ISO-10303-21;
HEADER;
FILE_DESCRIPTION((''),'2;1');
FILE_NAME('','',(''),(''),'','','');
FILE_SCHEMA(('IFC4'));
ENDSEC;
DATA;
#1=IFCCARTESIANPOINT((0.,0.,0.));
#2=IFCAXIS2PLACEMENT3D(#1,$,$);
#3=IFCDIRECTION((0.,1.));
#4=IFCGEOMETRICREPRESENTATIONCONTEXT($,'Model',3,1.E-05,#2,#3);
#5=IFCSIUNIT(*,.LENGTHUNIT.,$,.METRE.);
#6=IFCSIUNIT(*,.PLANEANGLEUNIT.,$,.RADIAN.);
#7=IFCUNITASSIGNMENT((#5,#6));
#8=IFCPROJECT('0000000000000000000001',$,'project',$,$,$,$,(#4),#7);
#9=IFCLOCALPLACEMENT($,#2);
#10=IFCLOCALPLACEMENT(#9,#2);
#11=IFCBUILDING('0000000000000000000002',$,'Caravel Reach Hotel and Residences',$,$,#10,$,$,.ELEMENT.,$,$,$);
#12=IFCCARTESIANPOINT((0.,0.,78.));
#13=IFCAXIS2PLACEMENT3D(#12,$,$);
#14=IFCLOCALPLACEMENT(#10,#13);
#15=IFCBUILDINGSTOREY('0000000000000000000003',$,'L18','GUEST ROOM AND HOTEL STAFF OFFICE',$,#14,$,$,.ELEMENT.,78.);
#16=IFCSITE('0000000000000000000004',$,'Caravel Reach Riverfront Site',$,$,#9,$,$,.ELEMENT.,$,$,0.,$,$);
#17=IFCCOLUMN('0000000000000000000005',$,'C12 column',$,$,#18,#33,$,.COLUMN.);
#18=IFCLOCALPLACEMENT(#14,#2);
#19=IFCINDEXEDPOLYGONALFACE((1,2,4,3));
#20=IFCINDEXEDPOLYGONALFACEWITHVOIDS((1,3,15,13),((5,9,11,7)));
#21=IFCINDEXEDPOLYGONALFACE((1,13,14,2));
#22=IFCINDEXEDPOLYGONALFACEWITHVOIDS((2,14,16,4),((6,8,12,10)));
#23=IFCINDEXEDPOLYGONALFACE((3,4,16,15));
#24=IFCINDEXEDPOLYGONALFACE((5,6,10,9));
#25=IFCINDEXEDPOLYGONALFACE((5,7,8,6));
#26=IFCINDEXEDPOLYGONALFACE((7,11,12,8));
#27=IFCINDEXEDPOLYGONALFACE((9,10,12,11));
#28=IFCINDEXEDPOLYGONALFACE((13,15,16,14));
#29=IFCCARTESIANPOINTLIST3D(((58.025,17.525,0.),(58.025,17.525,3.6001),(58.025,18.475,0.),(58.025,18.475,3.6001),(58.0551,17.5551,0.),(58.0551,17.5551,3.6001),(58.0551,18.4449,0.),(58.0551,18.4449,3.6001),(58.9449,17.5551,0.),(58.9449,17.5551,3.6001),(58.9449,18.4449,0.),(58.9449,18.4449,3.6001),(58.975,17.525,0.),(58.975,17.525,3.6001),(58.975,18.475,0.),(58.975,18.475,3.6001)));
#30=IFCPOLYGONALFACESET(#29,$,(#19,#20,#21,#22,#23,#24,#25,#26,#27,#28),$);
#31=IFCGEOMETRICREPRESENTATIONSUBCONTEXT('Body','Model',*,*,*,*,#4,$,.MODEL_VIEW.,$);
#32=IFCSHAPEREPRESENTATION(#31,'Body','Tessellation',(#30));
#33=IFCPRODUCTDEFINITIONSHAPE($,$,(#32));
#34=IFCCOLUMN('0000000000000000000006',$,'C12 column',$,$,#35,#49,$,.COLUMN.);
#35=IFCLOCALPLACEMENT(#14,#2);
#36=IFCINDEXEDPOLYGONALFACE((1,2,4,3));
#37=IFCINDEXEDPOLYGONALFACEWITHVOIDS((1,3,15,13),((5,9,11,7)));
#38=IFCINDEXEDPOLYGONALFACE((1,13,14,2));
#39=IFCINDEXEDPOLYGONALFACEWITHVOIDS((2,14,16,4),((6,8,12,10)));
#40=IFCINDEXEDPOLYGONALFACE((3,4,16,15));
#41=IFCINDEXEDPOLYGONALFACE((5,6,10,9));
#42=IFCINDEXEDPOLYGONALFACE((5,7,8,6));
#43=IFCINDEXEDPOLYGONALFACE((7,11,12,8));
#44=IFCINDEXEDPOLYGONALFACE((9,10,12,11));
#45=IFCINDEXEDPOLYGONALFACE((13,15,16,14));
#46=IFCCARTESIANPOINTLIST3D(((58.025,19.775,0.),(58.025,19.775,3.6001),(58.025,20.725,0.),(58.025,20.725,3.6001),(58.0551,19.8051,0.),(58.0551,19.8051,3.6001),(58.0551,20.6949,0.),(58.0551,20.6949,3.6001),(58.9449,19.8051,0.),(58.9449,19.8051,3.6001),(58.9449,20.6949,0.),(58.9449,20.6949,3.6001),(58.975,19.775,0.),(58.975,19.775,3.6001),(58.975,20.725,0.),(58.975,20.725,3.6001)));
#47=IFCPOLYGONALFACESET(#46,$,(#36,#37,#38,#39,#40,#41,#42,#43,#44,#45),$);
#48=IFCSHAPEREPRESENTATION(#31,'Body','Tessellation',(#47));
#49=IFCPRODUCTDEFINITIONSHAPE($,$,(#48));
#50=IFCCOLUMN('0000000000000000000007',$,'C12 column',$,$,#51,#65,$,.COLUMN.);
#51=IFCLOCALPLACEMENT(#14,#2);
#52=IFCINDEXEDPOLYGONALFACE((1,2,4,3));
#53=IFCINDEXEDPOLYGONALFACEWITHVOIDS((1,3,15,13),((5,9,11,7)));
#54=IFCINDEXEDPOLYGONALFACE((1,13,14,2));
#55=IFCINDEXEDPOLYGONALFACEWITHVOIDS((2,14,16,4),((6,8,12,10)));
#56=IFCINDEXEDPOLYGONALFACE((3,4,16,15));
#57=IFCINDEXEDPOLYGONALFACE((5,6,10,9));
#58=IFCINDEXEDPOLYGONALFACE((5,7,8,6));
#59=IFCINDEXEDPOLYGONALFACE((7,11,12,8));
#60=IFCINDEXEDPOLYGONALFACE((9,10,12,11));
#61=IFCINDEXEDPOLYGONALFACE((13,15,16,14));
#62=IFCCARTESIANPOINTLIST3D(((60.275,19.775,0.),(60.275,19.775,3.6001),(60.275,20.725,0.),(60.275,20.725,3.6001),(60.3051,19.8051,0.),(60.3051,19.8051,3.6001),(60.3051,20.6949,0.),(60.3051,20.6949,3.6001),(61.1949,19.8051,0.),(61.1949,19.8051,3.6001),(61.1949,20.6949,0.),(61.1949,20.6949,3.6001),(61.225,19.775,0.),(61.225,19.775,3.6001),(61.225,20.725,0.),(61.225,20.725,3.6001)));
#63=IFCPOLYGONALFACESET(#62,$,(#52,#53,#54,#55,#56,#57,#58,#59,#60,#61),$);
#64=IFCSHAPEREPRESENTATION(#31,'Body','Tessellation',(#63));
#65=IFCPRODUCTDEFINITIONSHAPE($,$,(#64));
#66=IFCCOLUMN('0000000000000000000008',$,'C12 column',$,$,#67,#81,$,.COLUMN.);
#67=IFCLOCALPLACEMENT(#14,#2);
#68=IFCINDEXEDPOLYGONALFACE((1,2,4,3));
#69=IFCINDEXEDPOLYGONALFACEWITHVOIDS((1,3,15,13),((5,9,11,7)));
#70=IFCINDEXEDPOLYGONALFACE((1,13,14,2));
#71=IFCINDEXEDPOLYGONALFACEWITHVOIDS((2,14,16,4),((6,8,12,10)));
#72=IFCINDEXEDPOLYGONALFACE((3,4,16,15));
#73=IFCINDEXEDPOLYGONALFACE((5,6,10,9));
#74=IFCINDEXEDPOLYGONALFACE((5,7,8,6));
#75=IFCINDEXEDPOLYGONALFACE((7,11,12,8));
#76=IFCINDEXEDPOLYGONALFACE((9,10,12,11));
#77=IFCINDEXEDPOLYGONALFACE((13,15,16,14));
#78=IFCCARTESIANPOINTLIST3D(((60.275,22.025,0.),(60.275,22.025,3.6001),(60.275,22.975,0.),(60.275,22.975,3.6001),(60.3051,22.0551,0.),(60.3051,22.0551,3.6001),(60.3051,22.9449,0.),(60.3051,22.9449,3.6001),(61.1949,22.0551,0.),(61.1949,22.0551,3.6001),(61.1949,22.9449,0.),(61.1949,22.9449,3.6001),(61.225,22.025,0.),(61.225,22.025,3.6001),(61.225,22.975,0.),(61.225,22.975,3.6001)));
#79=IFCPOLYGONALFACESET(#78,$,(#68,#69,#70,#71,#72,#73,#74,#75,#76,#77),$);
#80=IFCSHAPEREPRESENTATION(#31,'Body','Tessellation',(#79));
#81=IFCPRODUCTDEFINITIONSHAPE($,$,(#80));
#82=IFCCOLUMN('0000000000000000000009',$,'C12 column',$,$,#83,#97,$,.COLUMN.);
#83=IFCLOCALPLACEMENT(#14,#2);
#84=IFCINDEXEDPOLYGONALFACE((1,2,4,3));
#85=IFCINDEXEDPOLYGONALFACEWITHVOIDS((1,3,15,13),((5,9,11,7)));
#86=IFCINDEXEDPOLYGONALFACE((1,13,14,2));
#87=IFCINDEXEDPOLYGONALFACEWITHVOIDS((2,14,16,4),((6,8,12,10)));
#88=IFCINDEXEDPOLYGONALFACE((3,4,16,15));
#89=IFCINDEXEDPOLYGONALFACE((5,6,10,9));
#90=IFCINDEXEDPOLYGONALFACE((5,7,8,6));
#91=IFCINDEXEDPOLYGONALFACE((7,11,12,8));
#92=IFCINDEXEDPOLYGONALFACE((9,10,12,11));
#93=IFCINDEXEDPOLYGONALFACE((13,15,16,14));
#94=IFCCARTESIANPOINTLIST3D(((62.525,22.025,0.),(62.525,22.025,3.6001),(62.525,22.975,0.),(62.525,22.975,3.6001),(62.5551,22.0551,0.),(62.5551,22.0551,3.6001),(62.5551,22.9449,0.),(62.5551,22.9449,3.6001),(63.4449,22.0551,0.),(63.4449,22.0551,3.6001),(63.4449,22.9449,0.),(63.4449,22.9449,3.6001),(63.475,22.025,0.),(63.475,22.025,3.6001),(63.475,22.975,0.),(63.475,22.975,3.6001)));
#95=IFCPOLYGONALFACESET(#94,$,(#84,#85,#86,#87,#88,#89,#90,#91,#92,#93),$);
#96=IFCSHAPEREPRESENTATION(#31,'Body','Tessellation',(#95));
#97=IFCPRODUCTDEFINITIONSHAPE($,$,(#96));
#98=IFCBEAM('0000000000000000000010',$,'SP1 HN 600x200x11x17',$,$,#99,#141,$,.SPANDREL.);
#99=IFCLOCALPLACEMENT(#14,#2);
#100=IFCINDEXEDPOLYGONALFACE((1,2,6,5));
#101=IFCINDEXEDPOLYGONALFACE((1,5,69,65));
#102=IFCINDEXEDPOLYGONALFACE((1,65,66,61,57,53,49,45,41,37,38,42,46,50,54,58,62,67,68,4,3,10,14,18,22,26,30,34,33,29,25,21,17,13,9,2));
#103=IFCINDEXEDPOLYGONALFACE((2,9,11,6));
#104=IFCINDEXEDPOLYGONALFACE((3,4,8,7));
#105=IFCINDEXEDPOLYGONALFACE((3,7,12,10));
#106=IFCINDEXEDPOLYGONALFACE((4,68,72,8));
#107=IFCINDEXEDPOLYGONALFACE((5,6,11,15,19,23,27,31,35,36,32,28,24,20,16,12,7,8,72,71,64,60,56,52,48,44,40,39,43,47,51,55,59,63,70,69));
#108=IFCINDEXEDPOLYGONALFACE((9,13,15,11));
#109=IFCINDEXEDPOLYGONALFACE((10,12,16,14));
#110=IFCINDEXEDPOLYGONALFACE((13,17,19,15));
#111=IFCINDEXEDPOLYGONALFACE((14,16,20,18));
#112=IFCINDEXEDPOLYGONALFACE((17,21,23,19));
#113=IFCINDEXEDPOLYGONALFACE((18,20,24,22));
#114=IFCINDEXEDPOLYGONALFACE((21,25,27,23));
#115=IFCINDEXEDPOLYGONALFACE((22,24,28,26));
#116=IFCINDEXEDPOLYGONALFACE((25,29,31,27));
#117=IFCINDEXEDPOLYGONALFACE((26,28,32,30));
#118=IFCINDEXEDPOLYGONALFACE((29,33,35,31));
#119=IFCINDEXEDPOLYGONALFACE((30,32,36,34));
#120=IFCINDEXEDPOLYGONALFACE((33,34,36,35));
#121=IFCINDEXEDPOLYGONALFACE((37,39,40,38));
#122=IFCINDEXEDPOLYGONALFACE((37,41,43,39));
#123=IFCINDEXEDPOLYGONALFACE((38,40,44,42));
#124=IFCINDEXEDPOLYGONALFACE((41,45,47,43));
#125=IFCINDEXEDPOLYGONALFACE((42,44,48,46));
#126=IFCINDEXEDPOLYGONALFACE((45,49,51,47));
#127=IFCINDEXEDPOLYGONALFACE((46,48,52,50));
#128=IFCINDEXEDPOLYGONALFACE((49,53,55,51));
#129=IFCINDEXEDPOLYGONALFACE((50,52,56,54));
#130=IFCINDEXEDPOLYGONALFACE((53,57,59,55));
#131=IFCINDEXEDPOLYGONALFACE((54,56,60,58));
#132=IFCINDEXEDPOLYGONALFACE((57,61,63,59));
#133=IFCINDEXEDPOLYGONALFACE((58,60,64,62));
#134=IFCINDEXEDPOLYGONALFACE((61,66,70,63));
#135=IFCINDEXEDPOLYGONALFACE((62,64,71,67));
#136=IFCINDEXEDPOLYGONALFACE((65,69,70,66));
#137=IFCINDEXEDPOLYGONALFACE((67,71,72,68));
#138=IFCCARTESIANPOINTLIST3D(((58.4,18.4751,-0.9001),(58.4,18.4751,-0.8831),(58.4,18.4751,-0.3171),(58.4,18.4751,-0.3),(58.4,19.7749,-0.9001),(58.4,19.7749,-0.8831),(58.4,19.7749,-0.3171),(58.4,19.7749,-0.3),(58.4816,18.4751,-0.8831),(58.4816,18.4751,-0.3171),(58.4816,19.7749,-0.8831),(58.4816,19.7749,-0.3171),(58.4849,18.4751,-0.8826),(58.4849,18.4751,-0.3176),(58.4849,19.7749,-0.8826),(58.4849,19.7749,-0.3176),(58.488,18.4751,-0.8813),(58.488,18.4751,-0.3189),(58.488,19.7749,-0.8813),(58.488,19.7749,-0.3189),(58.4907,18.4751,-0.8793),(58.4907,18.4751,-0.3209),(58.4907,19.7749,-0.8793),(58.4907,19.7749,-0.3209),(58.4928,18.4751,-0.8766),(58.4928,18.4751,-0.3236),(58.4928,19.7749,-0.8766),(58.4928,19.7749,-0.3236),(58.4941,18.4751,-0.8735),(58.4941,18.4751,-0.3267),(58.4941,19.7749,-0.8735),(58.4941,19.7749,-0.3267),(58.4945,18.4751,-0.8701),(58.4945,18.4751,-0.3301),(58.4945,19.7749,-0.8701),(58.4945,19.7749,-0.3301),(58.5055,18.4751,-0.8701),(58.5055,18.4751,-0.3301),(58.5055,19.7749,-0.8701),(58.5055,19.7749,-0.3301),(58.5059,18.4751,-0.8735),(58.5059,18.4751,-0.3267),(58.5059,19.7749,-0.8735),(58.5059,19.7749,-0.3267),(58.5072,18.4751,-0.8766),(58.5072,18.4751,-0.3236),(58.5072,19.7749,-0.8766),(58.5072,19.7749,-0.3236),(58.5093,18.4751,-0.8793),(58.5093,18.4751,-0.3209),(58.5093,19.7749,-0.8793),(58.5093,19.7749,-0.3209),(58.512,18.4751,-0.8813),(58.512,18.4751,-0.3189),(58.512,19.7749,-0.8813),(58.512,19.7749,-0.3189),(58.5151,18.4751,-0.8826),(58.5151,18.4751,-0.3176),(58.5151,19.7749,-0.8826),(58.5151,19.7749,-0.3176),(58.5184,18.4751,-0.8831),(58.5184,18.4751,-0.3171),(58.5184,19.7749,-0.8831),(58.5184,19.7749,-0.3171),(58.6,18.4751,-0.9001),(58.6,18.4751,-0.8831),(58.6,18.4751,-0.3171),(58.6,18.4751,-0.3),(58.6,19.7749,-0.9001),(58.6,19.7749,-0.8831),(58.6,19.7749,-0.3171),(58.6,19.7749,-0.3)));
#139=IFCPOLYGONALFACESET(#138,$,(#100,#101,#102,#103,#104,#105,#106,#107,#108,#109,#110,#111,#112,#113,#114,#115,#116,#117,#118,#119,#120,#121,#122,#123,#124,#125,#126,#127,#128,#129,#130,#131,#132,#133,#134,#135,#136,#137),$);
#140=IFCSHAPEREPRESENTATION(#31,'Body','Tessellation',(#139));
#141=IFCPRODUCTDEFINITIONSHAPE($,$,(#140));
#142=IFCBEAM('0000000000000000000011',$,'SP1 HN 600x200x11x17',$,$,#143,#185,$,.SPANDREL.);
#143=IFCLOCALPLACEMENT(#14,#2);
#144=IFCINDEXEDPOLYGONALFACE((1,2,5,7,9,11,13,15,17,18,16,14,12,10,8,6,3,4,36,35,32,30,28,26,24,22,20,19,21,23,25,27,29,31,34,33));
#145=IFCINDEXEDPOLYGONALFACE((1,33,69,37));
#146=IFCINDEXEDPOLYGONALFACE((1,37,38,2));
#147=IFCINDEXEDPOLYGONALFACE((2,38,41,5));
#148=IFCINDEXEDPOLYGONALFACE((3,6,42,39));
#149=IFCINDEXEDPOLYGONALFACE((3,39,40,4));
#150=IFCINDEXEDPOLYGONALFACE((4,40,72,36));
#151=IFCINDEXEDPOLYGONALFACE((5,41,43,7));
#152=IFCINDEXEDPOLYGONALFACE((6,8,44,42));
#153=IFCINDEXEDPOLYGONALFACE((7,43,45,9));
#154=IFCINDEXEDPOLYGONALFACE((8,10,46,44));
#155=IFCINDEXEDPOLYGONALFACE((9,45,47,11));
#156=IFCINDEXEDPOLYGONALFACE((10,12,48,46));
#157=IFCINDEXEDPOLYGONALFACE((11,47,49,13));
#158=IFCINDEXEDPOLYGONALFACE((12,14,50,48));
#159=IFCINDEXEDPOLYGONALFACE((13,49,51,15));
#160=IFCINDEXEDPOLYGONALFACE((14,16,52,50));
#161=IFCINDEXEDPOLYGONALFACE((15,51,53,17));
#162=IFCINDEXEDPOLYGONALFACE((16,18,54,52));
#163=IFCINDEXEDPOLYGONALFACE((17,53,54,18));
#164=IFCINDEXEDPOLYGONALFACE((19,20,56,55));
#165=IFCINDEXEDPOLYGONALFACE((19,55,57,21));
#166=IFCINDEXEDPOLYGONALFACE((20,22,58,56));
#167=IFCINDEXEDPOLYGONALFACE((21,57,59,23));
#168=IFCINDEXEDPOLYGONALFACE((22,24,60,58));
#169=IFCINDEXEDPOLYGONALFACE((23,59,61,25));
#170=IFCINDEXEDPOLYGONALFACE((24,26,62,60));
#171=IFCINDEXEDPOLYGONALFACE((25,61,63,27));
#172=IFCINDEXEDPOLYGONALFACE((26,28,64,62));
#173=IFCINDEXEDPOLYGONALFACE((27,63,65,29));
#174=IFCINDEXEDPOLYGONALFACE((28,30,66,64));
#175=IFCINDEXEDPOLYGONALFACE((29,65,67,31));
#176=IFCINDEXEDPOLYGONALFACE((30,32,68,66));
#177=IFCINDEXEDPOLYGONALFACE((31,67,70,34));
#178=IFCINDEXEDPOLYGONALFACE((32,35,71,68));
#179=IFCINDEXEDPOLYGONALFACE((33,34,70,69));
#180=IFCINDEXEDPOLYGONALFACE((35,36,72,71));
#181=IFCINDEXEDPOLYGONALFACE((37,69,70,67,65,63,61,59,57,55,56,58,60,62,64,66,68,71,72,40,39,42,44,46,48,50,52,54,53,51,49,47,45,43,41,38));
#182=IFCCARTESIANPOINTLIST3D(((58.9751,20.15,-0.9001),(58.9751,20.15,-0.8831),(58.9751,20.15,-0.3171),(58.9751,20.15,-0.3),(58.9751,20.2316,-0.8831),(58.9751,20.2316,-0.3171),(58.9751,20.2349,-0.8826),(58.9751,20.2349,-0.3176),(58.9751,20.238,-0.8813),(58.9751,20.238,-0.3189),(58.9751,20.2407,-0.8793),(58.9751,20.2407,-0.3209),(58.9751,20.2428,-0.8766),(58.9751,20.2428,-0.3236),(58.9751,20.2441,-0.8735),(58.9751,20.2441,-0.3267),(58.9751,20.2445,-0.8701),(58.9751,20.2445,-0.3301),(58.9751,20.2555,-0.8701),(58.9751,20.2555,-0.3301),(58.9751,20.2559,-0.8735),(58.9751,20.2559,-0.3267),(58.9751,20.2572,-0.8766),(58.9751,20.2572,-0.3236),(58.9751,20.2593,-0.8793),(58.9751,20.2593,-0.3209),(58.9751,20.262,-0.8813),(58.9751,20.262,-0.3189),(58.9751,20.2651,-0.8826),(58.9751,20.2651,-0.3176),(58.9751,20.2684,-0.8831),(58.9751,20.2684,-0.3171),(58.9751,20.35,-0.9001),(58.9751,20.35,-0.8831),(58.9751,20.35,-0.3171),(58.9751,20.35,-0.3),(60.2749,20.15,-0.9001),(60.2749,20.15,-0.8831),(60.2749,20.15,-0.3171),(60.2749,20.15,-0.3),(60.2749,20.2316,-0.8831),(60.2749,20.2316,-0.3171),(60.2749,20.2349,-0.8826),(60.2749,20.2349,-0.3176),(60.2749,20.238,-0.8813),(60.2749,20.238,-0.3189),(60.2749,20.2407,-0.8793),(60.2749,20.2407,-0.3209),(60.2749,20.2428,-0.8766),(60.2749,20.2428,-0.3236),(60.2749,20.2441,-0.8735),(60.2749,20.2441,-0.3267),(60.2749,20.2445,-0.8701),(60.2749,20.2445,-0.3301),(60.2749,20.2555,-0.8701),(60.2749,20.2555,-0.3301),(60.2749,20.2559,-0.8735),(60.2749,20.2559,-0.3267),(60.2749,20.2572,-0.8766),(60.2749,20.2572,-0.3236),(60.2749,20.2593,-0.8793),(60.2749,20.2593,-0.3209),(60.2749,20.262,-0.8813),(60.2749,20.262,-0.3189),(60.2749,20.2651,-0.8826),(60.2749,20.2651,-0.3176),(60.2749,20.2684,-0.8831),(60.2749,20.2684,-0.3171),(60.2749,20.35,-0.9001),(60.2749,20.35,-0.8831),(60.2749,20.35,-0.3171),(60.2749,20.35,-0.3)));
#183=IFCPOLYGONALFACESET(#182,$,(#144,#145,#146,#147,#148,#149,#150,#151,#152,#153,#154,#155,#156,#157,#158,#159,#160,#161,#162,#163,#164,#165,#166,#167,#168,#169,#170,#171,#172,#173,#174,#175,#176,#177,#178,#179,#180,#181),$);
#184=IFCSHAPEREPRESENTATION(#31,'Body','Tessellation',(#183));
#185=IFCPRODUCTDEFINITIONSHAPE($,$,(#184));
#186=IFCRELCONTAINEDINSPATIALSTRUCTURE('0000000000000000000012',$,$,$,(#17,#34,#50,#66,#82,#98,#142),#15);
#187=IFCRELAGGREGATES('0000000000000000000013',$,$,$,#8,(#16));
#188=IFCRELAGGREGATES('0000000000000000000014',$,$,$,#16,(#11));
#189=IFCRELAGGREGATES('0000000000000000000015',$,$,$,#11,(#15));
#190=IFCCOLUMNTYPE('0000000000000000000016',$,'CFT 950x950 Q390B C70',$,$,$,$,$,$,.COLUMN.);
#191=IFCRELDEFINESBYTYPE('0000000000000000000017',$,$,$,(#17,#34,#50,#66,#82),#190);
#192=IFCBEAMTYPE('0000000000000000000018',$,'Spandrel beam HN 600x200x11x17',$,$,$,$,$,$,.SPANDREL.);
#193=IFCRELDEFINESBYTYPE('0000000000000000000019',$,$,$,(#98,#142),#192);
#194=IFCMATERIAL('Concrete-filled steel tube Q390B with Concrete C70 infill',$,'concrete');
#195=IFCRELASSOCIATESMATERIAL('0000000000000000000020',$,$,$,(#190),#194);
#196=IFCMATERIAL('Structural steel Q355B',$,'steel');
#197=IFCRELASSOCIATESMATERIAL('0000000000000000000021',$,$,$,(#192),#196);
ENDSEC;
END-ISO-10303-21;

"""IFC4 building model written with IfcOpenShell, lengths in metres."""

from ifc_helpers import new_model, si_unit, direction, frame, origin, origin_2d, place, context, subcontext, project, spatial, hollow_rectangle, i_section, extrude, material, material_profile, profile_set, type_object, element, save


model = new_model("IFC4")

# Units and contexts
model_context = context("Model", 3, precision=1e-05, world=origin(), true_north=direction((0.0, 1.0)))
body_context = subcontext(model_context, "Body", "Model", "MODEL_VIEW")
ifc_project = project(units=[si_unit("LENGTHUNIT", "METRE"), si_unit("PLANEANGLEUNIT", "RADIAN")], contexts=[model_context])

# Site, building, storey
site_placement = place(None, origin())
site = spatial("IfcSite", under=ifc_project, at=site_placement, Name="Caravel Reach Riverfront Site", CompositionType="ELEMENT", RefElevation=0.0)
building_placement = place(site_placement, origin())
building = spatial("IfcBuilding", under=site, at=building_placement, Name="Caravel Reach Hotel and Residences", CompositionType="ELEMENT")
storey_placement = place(building_placement, frame((0.0, 0.0, 78.0)))
storey = spatial("IfcBuildingStorey", under=building, at=storey_placement, Name="L18", Description="GUEST ROOM AND HOTEL STAFF OFFICE", CompositionType="ELEMENT", Elevation=78.0)

# Columns
ifc_material_1 = material(Name="Concrete-filled steel tube Q390B with Concrete C70 infill", Category="concrete")
ifc_material_profile_1 = material_profile(ifc_material_1, hollow_rectangle(XDim=0.95, YDim=0.95, WallThickness=0.03, at=origin_2d()), Name="RHS 950x950x30")
ifc_profile_set_1 = profile_set([ifc_material_profile_1], Name="Concrete-filled steel tube Q390B with Concrete C70 infill")
column_type = type_object("IfcColumnType", Name="CFT 950x950 Q390B C70", PredefinedType="COLUMN", material=ifc_profile_set_1)
for number, where, z_axis, x_axis, name in (
    (1, (58.5, 18.0, 0.0), (0.0, 0.0, 1.0), (1.0, 0.0, 0.0), "C12 column"),
    (2, (58.5, 20.25, 0.0), (0.0, 0.0, 1.0), (1.0, 0.0, 0.0), "C12 column"),
    (3, (60.75, 20.25, 0.0), (0.0, 0.0, 1.0), (1.0, 0.0, 0.0), "C12 column"),
    (4, (60.75, 22.5, 0.0), (0.0, 0.0, 1.0), (1.0, 0.0, 0.0), "C12 column"),
    (5, (63.0, 22.5, 0.0), (0.0, 0.0, 1.0), (1.0, 0.0, 0.0), "C12 column"),
):
    element("IfcColumn", number, at=place(storey_placement, frame(where, z_axis=z_axis, x_axis=x_axis)), inside=storey, type_object=column_type, Name=name, PredefinedType="COLUMN", context=body_context, shape_type="SweptSolid", body=[
        extrude(hollow_rectangle(XDim=0.95, YDim=0.95, WallThickness=0.03, at=origin_2d()), origin(), (0.0, 0.0, 1.0), 3.6001),
    ])

# Beams
ifc_material_2 = material(Name="Structural steel Q355B", Category="steel")
ifc_material_profile_2 = material_profile(ifc_material_2, i_section(OverallWidth=0.2, OverallDepth=0.6001, WebThickness=0.011, FlangeThickness=0.0171, FilletRadius=0.0129, at=origin_2d()), Name="HN 600x200x11x17")
ifc_profile_set_2 = profile_set([ifc_material_profile_2], Name="Structural steel Q355B")
beam_type = type_object("IfcBeamType", Name="Spandrel beam HN 600x200x11x17", PredefinedType="SPANDREL", material=ifc_profile_set_2)
for number, where, z_axis, x_axis, name in (
    (6, (58.5, 18.4751, -0.6001), (0.0, 1.0, 0.0), (-1.0, 0.0, 0.0), "SP1 HN 600x200x11x17"),
    (7, (58.9751, 20.25, -0.6001), (1.0, 0.0, 0.0), (0.0, 1.0, 0.0), "SP1 HN 600x200x11x17"),
):
    element("IfcBeam", number, at=place(storey_placement, frame(where, z_axis=z_axis, x_axis=x_axis)), inside=storey, type_object=beam_type, Name=name, PredefinedType="SPANDREL", context=body_context, shape_type="SweptSolid", body=[
        extrude(i_section(OverallWidth=0.2, OverallDepth=0.6001, WebThickness=0.011, FlangeThickness=0.0171, FilletRadius=0.0129, at=origin_2d()), origin(), (0.0, 0.0, 1.0), 1.2998),
    ])

save(model, "model.ifc")
